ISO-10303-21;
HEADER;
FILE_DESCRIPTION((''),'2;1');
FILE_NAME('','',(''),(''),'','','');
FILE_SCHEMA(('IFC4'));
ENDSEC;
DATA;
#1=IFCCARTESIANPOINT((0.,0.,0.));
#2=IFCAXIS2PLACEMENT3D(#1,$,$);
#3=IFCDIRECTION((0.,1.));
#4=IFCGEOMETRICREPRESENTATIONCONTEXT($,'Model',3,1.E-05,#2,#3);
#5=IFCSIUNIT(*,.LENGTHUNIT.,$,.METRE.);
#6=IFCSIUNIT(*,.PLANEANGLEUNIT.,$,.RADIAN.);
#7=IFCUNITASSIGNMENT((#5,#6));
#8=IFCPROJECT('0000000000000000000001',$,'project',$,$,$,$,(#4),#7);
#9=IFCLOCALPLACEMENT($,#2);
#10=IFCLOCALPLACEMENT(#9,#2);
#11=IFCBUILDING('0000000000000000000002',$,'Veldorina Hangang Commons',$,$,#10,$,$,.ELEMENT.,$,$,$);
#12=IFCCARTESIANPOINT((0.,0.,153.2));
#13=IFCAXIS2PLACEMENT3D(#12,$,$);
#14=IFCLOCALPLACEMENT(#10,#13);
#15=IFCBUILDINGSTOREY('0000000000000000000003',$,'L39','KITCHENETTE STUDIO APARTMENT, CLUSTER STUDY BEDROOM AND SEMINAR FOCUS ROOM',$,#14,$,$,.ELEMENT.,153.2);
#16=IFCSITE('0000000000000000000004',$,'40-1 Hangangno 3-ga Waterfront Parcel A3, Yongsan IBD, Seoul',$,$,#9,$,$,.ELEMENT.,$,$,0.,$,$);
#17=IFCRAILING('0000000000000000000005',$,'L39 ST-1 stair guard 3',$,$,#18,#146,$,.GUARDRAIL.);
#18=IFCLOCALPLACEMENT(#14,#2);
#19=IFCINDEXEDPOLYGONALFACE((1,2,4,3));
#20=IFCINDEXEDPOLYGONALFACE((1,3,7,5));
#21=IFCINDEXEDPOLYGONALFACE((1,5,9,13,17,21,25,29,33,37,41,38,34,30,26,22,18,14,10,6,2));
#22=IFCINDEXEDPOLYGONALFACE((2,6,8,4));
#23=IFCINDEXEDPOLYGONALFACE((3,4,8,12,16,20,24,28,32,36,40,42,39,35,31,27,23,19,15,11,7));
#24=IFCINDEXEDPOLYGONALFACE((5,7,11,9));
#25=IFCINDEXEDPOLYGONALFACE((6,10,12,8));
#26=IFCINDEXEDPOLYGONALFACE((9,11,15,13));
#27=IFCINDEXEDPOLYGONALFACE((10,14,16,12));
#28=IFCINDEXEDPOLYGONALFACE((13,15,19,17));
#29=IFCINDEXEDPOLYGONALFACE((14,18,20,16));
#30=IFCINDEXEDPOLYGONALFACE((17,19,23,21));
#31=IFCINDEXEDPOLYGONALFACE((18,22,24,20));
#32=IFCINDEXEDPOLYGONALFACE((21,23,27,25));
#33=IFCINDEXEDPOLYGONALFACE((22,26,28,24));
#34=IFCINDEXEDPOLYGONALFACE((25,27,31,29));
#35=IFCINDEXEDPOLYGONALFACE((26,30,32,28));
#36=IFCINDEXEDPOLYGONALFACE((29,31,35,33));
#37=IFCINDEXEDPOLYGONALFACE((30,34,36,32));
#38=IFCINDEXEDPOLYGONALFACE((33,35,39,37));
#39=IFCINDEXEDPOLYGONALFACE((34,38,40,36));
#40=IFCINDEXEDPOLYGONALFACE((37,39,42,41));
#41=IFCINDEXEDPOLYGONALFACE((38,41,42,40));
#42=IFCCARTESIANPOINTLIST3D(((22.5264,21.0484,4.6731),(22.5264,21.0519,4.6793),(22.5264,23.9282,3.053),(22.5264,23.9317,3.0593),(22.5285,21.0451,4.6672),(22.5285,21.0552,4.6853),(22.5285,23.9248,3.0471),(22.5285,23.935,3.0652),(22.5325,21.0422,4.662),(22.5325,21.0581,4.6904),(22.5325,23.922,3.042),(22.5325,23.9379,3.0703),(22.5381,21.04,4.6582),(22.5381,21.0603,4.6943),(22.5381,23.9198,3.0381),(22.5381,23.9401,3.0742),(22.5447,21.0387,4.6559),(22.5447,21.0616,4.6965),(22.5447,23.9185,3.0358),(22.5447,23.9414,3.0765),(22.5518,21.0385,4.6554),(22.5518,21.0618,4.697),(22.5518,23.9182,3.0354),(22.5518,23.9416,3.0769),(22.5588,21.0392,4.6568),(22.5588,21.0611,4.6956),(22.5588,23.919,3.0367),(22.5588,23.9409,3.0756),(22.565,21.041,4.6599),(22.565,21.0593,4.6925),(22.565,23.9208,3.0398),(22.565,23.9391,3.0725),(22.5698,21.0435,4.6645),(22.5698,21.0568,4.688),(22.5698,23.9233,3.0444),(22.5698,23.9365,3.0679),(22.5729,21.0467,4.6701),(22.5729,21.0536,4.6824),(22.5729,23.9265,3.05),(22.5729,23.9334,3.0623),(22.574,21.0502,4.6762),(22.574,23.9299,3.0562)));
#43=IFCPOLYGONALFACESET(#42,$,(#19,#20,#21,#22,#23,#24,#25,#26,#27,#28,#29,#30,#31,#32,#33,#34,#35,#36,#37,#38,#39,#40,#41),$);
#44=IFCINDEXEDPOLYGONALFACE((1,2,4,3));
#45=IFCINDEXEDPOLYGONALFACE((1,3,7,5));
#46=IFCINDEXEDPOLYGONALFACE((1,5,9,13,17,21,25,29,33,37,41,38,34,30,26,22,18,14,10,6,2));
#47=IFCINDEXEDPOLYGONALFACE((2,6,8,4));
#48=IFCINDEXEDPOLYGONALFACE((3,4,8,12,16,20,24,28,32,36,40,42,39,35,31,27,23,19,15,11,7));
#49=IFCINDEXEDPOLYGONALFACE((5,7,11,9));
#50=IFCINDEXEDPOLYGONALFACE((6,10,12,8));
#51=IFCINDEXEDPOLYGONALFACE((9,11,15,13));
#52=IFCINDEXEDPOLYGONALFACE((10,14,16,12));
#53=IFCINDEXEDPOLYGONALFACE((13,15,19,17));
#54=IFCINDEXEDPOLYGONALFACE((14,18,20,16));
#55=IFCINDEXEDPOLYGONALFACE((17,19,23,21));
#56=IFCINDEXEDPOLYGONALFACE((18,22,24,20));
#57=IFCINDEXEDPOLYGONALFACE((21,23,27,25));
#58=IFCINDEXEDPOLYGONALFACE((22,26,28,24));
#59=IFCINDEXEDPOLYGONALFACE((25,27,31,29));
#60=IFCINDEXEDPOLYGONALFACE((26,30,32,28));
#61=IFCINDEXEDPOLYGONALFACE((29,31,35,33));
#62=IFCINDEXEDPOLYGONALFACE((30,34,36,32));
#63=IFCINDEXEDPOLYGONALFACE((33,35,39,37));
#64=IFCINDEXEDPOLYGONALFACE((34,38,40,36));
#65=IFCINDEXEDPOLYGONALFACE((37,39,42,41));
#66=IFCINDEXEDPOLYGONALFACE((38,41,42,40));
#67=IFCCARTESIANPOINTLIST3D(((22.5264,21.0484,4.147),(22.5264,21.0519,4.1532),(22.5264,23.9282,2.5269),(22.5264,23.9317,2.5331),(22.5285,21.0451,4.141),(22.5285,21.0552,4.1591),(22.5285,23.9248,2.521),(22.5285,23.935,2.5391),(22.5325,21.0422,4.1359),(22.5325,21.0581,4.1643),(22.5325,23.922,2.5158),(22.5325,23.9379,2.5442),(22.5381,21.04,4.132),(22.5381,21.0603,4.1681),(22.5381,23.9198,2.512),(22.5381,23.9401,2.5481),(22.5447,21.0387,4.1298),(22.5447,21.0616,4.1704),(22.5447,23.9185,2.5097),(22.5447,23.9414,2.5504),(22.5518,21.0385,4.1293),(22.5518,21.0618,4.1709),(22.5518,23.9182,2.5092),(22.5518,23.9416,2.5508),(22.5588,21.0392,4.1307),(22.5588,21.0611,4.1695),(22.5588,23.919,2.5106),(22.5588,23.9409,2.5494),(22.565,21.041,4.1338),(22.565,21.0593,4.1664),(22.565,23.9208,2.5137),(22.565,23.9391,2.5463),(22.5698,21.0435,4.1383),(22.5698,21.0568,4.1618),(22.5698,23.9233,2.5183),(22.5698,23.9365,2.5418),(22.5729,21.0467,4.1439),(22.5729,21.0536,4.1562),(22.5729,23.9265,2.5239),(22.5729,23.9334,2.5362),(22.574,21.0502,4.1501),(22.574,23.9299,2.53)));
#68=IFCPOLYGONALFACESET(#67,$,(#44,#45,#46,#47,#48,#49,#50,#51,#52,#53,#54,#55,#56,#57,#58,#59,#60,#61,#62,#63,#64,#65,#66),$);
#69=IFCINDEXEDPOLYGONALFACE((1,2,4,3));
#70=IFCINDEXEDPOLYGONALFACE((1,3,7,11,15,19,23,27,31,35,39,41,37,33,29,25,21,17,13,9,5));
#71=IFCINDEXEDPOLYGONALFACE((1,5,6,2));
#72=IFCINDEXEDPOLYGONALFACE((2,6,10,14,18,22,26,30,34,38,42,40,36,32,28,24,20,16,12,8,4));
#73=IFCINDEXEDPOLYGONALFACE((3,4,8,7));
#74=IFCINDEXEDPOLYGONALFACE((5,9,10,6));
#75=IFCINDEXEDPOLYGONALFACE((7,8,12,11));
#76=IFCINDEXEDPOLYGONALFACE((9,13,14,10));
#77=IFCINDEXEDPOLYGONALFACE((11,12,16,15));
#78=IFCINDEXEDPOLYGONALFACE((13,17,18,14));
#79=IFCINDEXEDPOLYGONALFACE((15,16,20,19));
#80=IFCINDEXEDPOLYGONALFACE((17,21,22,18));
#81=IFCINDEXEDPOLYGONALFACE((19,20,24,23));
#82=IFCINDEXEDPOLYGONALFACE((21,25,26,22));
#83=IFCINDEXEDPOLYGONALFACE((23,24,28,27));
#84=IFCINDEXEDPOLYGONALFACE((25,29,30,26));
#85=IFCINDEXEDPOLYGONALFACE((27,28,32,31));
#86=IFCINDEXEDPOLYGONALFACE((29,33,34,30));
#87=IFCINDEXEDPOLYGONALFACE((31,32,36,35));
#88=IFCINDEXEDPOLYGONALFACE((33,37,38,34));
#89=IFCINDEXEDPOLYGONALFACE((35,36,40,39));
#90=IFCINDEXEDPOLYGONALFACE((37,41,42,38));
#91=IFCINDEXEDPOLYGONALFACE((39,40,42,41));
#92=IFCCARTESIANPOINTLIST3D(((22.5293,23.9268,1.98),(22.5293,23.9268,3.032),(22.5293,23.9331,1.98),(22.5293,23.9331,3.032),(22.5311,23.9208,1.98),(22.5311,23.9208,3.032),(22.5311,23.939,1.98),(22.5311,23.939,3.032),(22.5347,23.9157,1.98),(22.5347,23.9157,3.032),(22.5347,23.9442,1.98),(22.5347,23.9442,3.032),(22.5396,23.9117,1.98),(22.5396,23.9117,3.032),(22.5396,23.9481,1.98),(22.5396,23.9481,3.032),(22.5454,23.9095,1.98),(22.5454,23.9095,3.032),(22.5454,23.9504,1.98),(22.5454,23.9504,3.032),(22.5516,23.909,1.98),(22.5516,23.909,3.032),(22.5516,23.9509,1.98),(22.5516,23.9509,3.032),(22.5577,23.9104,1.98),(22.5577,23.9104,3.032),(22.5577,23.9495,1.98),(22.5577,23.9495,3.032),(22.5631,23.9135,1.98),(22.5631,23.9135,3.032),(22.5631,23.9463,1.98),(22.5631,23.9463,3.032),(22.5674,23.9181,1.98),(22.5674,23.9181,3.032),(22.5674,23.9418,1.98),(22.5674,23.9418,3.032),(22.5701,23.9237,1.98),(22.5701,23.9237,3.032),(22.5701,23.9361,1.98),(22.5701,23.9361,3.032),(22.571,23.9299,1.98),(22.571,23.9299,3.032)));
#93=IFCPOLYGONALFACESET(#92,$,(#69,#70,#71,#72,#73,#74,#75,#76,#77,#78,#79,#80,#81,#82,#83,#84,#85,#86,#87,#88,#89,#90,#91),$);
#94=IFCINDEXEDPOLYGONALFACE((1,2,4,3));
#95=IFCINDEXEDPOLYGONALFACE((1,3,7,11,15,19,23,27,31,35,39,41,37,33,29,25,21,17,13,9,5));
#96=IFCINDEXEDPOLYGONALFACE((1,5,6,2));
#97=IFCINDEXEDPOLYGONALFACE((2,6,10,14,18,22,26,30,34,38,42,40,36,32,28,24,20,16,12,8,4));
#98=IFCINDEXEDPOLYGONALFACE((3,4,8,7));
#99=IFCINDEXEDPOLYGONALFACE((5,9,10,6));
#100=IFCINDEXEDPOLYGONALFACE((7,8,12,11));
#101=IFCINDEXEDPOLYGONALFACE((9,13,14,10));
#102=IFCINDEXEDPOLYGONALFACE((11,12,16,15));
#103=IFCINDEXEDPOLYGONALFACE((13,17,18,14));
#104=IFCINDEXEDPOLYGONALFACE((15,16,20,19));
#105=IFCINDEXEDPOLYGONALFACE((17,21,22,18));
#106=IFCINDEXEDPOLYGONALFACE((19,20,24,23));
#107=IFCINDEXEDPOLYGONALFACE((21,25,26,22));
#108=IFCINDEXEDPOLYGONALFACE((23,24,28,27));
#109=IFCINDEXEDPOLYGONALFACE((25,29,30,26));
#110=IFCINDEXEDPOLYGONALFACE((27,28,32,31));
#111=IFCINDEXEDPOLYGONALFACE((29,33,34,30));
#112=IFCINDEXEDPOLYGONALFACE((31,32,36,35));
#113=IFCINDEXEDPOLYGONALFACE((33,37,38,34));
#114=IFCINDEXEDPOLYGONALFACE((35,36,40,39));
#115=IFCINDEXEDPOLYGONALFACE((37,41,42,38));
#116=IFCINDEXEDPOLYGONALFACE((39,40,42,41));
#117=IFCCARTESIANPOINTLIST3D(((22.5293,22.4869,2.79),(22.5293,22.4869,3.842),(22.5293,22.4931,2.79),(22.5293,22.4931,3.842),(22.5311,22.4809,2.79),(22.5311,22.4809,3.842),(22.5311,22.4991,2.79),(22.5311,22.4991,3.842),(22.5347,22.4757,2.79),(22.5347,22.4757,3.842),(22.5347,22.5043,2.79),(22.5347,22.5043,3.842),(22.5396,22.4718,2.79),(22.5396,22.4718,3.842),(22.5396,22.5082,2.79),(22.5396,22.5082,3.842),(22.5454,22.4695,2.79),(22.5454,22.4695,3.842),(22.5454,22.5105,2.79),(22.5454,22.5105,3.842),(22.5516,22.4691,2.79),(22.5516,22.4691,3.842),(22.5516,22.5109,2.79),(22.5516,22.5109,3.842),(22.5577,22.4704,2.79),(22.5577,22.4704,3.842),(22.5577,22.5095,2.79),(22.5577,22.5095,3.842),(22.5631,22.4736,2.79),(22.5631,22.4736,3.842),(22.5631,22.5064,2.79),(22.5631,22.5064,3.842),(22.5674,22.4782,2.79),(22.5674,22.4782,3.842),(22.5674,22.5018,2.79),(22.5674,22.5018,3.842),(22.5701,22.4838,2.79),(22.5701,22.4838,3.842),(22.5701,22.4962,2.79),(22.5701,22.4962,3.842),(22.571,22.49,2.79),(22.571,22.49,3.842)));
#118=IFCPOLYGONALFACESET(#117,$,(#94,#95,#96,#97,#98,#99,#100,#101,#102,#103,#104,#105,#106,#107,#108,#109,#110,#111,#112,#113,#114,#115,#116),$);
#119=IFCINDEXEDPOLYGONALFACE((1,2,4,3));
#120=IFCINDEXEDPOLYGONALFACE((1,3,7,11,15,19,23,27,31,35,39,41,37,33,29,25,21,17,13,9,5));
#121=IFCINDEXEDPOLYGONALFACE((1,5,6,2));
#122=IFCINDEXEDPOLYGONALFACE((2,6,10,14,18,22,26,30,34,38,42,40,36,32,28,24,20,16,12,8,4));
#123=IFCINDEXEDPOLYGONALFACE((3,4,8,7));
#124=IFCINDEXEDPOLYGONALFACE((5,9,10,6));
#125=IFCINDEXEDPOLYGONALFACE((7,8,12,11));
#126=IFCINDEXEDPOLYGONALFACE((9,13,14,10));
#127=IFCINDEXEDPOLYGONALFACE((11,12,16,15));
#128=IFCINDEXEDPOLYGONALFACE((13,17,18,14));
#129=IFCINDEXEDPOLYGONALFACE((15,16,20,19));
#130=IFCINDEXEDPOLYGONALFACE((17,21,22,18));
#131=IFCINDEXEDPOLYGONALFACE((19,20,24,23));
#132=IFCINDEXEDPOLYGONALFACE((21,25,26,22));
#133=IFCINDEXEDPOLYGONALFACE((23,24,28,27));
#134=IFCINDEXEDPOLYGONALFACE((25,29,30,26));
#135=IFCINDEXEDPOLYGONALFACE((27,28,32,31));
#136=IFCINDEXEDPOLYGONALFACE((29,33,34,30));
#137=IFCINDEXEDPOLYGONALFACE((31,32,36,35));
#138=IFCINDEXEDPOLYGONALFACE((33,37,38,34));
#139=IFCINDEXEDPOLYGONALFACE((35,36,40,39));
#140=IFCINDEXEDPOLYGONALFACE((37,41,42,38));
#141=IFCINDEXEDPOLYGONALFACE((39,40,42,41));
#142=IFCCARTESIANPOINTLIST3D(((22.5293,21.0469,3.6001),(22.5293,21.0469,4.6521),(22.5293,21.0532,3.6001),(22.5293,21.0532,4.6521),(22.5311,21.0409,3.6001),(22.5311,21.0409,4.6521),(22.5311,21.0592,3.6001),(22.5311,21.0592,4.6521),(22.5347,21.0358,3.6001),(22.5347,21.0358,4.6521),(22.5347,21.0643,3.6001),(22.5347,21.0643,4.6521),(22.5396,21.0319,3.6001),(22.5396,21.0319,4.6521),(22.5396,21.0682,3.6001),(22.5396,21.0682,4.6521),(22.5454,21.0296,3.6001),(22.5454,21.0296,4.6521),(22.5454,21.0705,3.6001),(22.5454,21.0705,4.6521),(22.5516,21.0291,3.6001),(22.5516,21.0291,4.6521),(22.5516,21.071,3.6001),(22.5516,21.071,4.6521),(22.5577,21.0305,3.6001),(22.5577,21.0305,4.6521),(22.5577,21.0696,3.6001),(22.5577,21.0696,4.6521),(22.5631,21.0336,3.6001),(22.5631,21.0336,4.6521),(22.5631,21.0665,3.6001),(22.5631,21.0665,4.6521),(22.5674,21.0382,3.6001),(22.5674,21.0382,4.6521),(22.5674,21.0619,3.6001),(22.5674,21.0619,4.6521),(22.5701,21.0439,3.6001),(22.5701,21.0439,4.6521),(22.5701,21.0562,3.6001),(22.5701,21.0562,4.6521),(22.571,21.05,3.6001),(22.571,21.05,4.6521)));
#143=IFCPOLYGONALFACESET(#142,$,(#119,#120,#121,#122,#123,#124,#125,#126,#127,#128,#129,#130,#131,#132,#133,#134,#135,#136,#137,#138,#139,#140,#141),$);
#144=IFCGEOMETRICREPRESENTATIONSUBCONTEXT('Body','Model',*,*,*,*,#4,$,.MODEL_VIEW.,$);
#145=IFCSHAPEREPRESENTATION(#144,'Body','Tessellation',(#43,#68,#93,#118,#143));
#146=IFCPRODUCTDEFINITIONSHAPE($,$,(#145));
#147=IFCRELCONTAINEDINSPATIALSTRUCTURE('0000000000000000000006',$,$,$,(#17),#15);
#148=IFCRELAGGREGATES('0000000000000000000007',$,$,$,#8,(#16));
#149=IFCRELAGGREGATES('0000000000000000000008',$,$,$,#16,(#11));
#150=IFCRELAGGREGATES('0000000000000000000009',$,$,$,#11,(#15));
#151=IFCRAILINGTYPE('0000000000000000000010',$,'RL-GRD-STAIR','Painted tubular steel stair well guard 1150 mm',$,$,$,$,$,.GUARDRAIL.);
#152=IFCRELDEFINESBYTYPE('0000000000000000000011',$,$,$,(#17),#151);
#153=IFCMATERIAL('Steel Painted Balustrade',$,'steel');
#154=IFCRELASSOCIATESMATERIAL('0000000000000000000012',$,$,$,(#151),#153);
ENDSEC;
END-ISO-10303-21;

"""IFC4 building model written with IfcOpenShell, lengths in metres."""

from ifc_helpers import new_model, si_unit, direction, frame, origin, origin_2d, place, context, subcontext, project, spatial, circle, extrude, material, type_object, element, save


model = new_model("IFC4")

# Units and contexts
model_context = context("Model", 3, precision=1e-05, world=origin(), true_north=direction((0.0, 1.0)))
body_context = subcontext(model_context, "Body", "Model", "MODEL_VIEW")
ifc_project = project(units=[si_unit("LENGTHUNIT", "METRE"), si_unit("PLANEANGLEUNIT", "RADIAN")], contexts=[model_context])

# Site, building, storey
site_placement = place(None, origin())
site = spatial("IfcSite", under=ifc_project, at=site_placement, Name="40-1 Hangangno 3-ga Waterfront Parcel A3, Yongsan IBD, Seoul", CompositionType="ELEMENT", RefElevation=0.0)
building_placement = place(site_placement, origin())
building = spatial("IfcBuilding", under=site, at=building_placement, Name="Veldorina Hangang Commons", CompositionType="ELEMENT")
storey_placement = place(building_placement, frame((0.0, 0.0, 153.2)))
storey = spatial("IfcBuildingStorey", under=building, at=storey_placement, Name="L39", Description="KITCHENETTE STUDIO APARTMENT, CLUSTER STUDY BEDROOM AND SEMINAR FOCUS ROOM", CompositionType="ELEMENT", Elevation=153.2)

# Railing
ifc_material_1 = material(Name="Steel Painted Balustrade", Category="steel")
railing_type_1 = type_object("IfcRailingType", Name="RL-GRD-STAIR", Description="Painted tubular steel stair well guard 1150 mm", PredefinedType="GUARDRAIL", material=ifc_material_1)
railing_1_placement = place(storey_placement, frame((22.55, 23.9299, 1.98)))
element("IfcRailing", 1, at=railing_1_placement, inside=storey, type_object=railing_type_1, Name="L39 ST-1 stair guard 3", PredefinedType="GUARDRAIL", context=body_context, shape_type="SweptSolid", body=[
    extrude(circle(Radius=0.0239, at=origin_2d()), frame((0.0, 0.0, 1.0762), z_axis=(0.0, -0.871552, 0.490303), x_axis=(1.0, 0.0, 0.0)), (0.0, 0.0, 1.0), 3.3042),
    extrude(circle(Radius=0.0239, at=origin_2d()), frame((0.0, 0.0, 0.55), z_axis=(0.0, -0.871552, 0.490303), x_axis=(1.0, 0.0, 0.0)), (0.0, 0.0, 1.0), 3.3042),
    extrude(circle(Radius=0.021, at=origin_2d()), origin(), (0.0, 0.0, 1.0), 1.052),
    extrude(circle(Radius=0.021, at=origin_2d()), frame((0.0, -1.4399, 0.8101)), (0.0, 0.0, 1.0), 1.052),
    extrude(circle(Radius=0.021, at=origin_2d()), frame((0.0, -2.8799, 1.6201)), (0.0, 0.0, 1.0), 1.052),
])

save(model, "model.ifc")
